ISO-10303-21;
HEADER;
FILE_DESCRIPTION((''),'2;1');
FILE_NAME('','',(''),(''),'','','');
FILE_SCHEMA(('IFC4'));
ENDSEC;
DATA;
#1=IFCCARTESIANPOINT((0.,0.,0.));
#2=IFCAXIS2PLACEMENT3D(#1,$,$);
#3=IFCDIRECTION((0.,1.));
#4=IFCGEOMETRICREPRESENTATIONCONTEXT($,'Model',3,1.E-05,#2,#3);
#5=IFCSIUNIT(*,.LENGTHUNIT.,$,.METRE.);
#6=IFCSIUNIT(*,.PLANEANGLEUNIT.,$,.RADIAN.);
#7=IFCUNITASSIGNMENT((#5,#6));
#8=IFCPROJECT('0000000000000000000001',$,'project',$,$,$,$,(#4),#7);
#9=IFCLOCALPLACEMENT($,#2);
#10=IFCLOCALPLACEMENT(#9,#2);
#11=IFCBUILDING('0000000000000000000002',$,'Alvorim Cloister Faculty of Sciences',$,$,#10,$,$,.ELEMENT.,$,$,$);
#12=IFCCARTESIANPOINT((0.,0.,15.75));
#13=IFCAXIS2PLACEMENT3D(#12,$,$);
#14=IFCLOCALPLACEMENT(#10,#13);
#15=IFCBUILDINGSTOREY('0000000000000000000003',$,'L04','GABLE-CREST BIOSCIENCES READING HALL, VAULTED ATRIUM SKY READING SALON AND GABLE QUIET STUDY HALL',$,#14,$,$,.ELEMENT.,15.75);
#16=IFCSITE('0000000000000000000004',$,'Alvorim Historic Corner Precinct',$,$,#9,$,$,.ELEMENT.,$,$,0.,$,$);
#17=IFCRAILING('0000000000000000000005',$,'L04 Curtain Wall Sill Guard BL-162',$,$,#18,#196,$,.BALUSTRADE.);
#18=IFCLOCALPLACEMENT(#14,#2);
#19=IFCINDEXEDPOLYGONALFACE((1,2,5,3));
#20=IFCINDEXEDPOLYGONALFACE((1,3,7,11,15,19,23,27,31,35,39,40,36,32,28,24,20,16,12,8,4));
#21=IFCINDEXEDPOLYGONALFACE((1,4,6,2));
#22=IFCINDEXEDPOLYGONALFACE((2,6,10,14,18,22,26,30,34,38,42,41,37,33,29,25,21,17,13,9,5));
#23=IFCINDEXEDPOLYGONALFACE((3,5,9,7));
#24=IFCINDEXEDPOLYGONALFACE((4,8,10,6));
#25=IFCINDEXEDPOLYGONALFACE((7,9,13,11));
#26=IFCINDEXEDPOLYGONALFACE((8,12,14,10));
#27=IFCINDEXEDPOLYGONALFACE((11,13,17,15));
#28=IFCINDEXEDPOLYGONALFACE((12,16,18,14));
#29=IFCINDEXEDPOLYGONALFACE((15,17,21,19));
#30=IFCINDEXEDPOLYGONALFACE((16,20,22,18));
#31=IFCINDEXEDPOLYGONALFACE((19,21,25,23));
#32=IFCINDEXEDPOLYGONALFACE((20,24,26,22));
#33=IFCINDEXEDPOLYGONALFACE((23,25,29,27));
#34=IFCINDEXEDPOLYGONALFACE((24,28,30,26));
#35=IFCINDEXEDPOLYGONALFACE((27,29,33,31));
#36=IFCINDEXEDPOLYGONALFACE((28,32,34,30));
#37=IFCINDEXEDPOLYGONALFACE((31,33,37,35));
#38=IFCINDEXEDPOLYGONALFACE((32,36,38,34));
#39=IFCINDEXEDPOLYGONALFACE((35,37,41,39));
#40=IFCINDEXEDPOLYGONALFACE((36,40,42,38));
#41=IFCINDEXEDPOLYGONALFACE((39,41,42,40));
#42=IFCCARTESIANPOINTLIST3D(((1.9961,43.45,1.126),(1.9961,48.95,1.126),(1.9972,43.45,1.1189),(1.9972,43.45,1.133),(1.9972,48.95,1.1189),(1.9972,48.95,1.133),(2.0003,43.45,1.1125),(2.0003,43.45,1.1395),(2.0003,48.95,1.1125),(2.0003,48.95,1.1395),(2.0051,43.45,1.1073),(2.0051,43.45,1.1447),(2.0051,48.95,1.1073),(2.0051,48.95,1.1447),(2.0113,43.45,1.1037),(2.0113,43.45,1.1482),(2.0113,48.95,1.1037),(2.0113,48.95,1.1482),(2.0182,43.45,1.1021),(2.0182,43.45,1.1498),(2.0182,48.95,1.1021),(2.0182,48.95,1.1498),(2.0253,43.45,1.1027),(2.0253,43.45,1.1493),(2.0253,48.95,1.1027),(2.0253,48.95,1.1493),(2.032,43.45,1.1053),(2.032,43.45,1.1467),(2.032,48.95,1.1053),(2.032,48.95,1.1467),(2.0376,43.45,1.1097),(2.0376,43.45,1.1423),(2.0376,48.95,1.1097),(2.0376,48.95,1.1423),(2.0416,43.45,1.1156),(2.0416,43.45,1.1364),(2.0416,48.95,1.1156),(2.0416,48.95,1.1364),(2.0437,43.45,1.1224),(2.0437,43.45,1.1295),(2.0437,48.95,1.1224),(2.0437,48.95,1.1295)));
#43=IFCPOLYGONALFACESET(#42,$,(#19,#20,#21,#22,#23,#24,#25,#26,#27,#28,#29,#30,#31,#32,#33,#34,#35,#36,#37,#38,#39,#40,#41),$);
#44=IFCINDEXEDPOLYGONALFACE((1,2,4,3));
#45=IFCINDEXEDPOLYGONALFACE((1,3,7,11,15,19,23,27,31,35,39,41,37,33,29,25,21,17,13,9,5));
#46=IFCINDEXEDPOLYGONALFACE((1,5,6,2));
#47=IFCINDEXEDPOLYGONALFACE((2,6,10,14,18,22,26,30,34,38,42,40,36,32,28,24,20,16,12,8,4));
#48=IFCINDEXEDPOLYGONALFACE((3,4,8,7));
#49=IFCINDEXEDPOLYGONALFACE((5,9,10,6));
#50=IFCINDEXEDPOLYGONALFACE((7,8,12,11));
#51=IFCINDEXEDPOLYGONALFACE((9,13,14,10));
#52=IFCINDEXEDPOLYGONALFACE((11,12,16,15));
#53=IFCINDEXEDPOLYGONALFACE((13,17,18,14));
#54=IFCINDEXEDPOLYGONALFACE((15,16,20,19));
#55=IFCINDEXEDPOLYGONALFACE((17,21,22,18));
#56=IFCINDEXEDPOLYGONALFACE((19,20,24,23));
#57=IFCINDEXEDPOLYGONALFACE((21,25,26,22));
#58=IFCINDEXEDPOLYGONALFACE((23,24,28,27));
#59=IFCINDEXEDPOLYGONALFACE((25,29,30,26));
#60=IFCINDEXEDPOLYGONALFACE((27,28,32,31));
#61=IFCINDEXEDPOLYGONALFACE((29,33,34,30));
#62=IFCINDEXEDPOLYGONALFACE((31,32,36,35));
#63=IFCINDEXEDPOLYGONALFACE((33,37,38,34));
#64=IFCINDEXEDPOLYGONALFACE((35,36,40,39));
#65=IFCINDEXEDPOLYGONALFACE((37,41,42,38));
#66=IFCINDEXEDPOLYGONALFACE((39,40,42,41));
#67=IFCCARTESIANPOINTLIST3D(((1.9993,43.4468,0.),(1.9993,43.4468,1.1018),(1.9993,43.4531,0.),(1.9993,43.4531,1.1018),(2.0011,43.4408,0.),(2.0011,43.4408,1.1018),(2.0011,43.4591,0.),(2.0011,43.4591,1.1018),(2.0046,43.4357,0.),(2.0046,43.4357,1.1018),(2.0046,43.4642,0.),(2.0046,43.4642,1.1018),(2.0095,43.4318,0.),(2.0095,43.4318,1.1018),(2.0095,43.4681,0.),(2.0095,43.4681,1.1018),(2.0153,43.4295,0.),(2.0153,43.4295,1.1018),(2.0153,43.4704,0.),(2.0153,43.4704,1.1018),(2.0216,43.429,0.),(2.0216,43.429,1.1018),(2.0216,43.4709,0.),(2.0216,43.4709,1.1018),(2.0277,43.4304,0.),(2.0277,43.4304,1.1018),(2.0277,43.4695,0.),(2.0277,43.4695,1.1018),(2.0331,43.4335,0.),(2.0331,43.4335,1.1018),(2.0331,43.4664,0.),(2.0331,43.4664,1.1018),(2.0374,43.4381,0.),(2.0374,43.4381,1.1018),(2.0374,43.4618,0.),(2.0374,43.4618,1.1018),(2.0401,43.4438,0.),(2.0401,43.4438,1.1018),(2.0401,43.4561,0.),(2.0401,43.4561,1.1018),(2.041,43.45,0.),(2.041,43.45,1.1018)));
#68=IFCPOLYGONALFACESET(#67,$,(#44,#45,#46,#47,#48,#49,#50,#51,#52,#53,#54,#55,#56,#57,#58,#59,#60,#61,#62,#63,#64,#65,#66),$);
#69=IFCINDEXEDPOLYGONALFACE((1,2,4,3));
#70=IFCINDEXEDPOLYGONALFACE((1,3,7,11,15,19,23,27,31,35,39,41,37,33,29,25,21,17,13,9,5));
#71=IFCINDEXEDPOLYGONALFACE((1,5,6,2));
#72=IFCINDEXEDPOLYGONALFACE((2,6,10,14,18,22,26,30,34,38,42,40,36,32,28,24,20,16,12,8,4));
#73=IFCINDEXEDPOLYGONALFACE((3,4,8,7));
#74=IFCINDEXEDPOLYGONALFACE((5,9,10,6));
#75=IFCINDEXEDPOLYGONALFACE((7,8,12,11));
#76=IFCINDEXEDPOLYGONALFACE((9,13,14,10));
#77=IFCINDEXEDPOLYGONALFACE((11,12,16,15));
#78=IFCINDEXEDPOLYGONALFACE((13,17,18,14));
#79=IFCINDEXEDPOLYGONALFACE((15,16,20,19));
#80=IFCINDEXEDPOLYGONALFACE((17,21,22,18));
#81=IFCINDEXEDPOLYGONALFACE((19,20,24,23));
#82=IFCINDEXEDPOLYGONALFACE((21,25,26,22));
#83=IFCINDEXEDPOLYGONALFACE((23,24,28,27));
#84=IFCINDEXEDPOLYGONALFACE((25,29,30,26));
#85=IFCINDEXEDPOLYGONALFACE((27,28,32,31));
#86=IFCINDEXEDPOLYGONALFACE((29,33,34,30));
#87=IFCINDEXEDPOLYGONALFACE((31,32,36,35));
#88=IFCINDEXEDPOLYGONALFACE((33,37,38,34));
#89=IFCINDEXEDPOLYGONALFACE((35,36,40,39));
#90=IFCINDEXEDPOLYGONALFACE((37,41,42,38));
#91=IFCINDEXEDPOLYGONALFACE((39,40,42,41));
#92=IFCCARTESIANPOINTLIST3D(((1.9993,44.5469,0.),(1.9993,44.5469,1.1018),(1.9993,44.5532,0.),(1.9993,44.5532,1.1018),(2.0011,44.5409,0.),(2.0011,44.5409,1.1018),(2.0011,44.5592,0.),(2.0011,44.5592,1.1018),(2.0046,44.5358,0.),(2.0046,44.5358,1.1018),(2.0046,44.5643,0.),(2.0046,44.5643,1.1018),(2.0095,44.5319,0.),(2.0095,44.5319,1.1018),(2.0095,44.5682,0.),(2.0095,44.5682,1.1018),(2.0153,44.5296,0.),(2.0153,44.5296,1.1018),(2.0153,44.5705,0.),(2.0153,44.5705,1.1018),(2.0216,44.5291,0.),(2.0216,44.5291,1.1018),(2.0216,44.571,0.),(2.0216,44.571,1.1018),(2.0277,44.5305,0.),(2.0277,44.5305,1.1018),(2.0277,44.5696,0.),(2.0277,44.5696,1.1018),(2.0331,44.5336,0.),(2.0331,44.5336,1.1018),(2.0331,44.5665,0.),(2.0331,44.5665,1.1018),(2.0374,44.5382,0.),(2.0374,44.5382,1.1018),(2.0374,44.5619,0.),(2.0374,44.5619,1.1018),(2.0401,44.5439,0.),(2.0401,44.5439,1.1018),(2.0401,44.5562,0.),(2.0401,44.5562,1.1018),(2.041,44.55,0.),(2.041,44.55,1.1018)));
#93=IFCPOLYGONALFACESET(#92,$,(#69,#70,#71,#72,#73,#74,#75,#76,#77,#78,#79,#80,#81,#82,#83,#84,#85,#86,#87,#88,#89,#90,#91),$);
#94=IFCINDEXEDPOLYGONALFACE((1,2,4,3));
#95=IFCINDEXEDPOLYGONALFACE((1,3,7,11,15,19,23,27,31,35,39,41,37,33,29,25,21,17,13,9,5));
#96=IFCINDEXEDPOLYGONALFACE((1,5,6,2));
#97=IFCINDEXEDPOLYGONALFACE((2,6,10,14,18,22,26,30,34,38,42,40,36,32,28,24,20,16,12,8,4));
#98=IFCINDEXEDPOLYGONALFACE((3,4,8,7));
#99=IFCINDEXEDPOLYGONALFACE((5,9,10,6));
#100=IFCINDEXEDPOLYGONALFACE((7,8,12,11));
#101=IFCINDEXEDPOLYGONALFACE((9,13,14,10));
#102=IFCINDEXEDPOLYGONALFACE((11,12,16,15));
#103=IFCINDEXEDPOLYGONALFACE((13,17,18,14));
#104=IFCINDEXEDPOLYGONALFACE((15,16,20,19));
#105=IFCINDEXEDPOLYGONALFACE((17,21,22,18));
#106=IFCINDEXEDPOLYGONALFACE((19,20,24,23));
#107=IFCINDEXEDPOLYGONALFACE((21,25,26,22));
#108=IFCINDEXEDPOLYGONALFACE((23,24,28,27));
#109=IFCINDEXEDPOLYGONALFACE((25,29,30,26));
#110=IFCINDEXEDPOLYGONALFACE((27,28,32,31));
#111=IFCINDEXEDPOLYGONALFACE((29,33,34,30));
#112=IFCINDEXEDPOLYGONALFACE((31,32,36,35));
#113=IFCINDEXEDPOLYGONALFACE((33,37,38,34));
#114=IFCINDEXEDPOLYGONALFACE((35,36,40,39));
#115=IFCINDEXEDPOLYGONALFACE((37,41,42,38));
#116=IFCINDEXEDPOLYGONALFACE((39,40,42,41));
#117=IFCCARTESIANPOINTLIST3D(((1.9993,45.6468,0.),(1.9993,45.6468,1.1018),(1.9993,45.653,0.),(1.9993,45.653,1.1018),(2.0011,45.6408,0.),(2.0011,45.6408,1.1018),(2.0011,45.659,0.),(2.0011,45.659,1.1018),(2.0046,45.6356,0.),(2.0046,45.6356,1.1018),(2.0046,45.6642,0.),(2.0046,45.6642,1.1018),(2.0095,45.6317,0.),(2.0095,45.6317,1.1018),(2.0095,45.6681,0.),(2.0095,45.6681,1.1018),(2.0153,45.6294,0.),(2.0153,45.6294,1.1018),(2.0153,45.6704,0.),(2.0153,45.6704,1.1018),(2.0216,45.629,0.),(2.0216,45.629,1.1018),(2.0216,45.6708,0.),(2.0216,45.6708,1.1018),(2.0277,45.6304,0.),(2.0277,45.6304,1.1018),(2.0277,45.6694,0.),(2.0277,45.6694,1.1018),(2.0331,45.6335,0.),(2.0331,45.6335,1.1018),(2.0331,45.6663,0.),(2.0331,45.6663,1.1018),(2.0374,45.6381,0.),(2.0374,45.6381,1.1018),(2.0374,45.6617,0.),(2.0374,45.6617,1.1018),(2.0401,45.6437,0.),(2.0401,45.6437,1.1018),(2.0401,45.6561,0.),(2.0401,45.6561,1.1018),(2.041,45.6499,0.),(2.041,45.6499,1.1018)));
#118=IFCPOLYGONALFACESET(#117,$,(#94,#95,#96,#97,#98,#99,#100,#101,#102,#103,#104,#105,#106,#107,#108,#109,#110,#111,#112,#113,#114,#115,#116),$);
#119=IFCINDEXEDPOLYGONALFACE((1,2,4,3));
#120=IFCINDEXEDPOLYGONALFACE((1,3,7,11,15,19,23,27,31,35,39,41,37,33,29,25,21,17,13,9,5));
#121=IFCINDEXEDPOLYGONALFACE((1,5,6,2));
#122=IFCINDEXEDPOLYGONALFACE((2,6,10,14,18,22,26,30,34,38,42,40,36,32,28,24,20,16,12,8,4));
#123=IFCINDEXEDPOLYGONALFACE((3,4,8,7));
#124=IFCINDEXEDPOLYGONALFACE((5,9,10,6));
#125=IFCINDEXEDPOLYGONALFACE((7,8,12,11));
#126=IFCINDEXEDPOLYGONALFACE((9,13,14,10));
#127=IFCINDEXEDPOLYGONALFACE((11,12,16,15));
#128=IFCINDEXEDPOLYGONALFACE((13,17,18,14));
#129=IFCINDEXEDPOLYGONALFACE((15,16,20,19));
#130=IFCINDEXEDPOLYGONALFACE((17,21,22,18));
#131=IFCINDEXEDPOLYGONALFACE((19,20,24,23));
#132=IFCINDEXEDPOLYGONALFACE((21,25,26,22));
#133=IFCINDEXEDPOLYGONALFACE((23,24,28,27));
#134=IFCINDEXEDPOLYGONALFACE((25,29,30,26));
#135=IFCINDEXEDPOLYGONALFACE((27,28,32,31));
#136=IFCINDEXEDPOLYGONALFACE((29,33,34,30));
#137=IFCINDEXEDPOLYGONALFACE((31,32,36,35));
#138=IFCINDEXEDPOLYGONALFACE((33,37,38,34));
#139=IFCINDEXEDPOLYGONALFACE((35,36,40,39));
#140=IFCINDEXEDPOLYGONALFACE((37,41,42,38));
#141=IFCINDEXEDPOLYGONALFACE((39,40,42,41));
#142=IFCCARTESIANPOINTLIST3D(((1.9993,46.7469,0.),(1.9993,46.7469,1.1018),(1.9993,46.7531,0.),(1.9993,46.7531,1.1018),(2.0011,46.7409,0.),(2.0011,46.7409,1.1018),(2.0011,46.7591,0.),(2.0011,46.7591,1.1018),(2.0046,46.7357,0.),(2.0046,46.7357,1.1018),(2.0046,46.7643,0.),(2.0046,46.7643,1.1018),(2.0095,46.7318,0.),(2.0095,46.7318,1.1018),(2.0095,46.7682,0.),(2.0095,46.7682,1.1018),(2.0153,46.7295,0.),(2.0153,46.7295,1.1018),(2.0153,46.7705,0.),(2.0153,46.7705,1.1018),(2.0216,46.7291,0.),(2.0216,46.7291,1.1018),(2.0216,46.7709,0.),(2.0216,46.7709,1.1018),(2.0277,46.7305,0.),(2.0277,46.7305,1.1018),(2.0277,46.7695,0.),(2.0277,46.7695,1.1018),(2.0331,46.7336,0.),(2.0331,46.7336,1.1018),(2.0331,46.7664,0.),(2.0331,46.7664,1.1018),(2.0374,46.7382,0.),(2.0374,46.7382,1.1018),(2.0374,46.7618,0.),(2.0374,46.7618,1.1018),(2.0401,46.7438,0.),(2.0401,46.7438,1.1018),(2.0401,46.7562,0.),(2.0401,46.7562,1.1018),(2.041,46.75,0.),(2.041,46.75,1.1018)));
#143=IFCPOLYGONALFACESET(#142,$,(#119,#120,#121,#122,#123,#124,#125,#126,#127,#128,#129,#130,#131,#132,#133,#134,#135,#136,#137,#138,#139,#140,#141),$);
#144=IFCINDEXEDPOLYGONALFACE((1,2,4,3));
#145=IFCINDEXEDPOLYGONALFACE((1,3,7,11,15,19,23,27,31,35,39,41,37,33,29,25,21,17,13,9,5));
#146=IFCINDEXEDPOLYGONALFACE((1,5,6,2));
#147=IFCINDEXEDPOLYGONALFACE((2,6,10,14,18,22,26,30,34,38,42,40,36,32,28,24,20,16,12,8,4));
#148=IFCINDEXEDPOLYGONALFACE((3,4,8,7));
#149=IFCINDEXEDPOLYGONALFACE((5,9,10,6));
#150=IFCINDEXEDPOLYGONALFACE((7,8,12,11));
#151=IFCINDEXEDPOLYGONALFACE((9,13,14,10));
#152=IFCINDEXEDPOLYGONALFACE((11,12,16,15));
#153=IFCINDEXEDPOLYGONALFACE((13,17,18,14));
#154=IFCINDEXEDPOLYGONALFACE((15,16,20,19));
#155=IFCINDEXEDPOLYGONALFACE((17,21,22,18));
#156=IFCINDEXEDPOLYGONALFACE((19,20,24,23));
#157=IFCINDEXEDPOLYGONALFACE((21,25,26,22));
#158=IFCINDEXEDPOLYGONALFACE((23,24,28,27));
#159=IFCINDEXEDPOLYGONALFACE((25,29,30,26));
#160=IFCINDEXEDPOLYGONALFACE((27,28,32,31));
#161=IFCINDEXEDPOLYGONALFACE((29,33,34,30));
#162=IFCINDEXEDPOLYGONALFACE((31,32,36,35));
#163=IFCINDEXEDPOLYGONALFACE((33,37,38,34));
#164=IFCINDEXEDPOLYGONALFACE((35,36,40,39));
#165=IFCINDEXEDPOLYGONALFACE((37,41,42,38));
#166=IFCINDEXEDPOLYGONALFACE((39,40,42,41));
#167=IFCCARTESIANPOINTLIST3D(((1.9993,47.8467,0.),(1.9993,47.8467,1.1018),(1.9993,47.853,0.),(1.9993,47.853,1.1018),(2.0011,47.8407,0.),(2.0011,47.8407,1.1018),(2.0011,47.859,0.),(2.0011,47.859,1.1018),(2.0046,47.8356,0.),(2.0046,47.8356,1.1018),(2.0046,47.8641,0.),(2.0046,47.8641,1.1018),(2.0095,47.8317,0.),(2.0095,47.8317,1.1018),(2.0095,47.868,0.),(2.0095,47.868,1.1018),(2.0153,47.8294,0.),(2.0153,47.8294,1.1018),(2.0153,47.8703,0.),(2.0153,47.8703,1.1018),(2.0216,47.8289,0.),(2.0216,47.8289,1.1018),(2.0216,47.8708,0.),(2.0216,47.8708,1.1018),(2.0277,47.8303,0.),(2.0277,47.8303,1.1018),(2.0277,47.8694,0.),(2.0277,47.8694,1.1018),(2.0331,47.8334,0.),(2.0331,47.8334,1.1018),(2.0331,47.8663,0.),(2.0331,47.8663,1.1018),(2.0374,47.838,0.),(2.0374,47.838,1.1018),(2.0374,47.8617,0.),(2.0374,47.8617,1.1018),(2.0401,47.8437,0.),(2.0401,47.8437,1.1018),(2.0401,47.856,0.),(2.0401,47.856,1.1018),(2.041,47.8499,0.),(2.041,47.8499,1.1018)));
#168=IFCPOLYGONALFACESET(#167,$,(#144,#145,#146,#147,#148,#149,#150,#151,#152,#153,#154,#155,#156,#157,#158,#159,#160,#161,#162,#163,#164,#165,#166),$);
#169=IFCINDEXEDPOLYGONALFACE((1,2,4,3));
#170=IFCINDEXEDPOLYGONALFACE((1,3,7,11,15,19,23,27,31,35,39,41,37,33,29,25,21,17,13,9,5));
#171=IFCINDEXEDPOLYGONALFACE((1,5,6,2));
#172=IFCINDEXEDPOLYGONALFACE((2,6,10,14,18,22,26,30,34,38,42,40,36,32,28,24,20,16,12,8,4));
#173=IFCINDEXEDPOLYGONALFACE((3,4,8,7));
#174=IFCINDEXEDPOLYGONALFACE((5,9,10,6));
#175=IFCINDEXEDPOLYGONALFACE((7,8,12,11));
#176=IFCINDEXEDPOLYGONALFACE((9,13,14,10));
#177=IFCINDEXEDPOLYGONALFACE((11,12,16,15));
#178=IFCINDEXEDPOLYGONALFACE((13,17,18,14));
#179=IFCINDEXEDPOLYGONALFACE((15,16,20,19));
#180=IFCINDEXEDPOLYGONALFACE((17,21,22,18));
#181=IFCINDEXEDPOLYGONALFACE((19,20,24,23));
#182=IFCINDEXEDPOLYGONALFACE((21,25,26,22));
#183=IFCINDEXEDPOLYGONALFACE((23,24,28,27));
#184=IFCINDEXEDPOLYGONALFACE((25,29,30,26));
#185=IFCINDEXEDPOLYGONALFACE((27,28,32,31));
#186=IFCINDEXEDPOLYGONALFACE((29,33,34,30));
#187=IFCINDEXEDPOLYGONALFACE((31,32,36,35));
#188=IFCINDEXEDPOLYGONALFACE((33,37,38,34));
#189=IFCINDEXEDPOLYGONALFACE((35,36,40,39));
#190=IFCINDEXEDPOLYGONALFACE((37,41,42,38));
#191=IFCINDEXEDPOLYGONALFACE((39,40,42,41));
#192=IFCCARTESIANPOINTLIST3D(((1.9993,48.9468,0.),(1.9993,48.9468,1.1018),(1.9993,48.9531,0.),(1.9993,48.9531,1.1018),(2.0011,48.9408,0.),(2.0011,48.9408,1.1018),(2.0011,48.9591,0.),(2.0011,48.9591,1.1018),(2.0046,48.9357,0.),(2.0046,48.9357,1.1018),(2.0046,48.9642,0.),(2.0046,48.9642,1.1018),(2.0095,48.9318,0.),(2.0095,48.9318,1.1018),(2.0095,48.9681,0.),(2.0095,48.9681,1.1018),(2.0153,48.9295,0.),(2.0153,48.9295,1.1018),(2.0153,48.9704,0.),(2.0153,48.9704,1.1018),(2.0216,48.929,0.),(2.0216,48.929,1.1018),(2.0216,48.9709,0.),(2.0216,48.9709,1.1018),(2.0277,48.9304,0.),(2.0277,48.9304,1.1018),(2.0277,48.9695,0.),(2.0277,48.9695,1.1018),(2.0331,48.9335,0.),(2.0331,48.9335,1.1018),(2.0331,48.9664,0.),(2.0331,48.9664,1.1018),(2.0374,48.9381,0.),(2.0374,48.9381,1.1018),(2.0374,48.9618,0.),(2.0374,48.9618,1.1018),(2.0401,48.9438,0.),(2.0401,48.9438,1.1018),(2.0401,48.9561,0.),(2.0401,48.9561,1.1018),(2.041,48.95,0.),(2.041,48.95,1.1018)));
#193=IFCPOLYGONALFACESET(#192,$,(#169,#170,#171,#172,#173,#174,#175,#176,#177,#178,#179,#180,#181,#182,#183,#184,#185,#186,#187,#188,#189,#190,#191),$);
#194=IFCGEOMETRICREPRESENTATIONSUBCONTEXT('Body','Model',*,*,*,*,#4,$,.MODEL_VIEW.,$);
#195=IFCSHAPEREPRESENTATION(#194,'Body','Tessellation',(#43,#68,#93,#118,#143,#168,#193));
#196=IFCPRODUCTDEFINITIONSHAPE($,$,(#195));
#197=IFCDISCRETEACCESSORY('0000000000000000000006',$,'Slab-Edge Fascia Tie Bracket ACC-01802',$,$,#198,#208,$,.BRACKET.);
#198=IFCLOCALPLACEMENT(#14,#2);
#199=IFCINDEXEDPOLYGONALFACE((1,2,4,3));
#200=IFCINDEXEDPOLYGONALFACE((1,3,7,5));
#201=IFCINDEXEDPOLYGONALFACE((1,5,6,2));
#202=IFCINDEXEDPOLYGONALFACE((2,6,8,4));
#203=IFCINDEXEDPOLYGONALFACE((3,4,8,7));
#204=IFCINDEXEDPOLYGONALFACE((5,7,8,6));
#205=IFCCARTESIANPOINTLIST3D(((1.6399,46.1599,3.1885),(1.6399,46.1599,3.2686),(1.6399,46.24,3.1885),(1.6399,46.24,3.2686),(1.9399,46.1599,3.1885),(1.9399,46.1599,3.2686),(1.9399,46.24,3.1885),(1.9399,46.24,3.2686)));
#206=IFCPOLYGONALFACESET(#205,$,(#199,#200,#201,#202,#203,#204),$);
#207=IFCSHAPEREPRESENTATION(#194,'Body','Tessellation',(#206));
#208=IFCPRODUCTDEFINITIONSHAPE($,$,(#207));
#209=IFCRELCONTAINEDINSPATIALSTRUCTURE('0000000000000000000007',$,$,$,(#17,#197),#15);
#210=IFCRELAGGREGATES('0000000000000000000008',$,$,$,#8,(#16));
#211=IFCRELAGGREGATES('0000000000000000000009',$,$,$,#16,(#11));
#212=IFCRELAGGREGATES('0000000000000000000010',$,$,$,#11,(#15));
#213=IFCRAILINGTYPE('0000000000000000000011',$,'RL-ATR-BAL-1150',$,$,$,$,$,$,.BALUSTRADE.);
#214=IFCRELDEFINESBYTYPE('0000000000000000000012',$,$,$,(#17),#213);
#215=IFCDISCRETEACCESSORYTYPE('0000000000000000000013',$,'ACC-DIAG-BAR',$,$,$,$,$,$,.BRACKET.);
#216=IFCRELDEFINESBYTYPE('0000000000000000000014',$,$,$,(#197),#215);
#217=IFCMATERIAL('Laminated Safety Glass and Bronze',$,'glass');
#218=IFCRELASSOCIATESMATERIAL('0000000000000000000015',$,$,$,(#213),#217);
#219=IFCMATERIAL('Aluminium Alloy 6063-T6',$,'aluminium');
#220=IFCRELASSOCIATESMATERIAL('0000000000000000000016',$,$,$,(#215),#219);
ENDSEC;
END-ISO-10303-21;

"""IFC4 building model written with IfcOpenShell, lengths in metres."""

from ifc_helpers import new_model, si_unit, direction, frame, origin, origin_2d, place, context, subcontext, project, spatial, rectangle, circle, extrude, material, type_object, element, save


model = new_model("IFC4")

# Units and contexts
model_context = context("Model", 3, precision=1e-05, world=origin(), true_north=direction((0.0, 1.0)))
body_context = subcontext(model_context, "Body", "Model", "MODEL_VIEW")
ifc_project = project(units=[si_unit("LENGTHUNIT", "METRE"), si_unit("PLANEANGLEUNIT", "RADIAN")], contexts=[model_context])

# Site, building, storey
site_placement = place(None, origin())
site = spatial("IfcSite", under=ifc_project, at=site_placement, Name="Alvorim Historic Corner Precinct", CompositionType="ELEMENT", RefElevation=0.0)
building_placement = place(site_placement, origin())
building = spatial("IfcBuilding", under=site, at=building_placement, Name="Alvorim Cloister Faculty of Sciences", CompositionType="ELEMENT")
storey_placement = place(building_placement, frame((0.0, 0.0, 15.75)))
storey = spatial("IfcBuildingStorey", under=building, at=storey_placement, Name="L04", Description="GABLE-CREST BIOSCIENCES READING HALL, VAULTED ATRIUM SKY READING SALON AND GABLE QUIET STUDY HALL", CompositionType="ELEMENT", Elevation=15.75)

# Shared definitions
ifc_material_1 = material(Name="Aluminium Alloy 6063-T6", Category="aluminium")

# Railing
ifc_material_2 = material(Name="Laminated Safety Glass and Bronze", Category="glass")
railing_type = type_object("IfcRailingType", Name="RL-ATR-BAL-1150", PredefinedType="BALUSTRADE", material=ifc_material_2)
railing_placement = place(storey_placement, frame((2.02, 43.45, 0.0)))
element("IfcRailing", 1, at=railing_placement, inside=storey, type_object=railing_type, Name="L04 Curtain Wall Sill Guard BL-162", PredefinedType="BALUSTRADE", context=body_context, shape_type="SweptSolid", body=[
    extrude(circle(Radius=0.0239, at=origin_2d()), frame((0.0, 0.0, 1.126), z_axis=(0.0, 1.0, 0.0), x_axis=(-1.0, 0.0, 0.0)), (0.0, 0.0, 1.0), 5.5),
    extrude(circle(Radius=0.021, at=origin_2d()), origin(), (0.0, 0.0, 1.0), 1.1018),
    extrude(circle(Radius=0.021, at=origin_2d()), frame((0.0, 1.1001, 0.0)), (0.0, 0.0, 1.0), 1.1018),
    extrude(circle(Radius=0.021, at=origin_2d()), frame((0.0, 2.2, 0.0)), (0.0, 0.0, 1.0), 1.1018),
    extrude(circle(Radius=0.021, at=origin_2d()), frame((0.0, 3.3, 0.0)), (0.0, 0.0, 1.0), 1.1018),
    extrude(circle(Radius=0.021, at=origin_2d()), frame((0.0, 4.3999, 0.0)), (0.0, 0.0, 1.0), 1.1018),
    extrude(circle(Radius=0.021, at=origin_2d()), frame((0.0, 5.5, 0.0)), (0.0, 0.0, 1.0), 1.1018),
])

# Discrete accessory
discrete_accessory_type = type_object("IfcDiscreteAccessoryType", Name="ACC-DIAG-BAR", PredefinedType="BRACKET", material=ifc_material_1)
discrete_accessory_placement = place(storey_placement, frame((1.9399, 46.2, 3.2285), z_axis=(-1.0, 0.0, 0.0), x_axis=(0.0, -1.0, 0.0)))
element("IfcDiscreteAccessory", 2, at=discrete_accessory_placement, inside=storey, type_object=discrete_accessory_type, Name="Slab-Edge Fascia Tie Bracket ACC-01802", PredefinedType="BRACKET", context=body_context, shape_type="SweptSolid", body=[
    extrude(rectangle(XDim=0.0801, YDim=0.0801, at=origin_2d()), origin(), (0.0, 0.0, 1.0), 0.3),
])

save(model, "model.ifc")
